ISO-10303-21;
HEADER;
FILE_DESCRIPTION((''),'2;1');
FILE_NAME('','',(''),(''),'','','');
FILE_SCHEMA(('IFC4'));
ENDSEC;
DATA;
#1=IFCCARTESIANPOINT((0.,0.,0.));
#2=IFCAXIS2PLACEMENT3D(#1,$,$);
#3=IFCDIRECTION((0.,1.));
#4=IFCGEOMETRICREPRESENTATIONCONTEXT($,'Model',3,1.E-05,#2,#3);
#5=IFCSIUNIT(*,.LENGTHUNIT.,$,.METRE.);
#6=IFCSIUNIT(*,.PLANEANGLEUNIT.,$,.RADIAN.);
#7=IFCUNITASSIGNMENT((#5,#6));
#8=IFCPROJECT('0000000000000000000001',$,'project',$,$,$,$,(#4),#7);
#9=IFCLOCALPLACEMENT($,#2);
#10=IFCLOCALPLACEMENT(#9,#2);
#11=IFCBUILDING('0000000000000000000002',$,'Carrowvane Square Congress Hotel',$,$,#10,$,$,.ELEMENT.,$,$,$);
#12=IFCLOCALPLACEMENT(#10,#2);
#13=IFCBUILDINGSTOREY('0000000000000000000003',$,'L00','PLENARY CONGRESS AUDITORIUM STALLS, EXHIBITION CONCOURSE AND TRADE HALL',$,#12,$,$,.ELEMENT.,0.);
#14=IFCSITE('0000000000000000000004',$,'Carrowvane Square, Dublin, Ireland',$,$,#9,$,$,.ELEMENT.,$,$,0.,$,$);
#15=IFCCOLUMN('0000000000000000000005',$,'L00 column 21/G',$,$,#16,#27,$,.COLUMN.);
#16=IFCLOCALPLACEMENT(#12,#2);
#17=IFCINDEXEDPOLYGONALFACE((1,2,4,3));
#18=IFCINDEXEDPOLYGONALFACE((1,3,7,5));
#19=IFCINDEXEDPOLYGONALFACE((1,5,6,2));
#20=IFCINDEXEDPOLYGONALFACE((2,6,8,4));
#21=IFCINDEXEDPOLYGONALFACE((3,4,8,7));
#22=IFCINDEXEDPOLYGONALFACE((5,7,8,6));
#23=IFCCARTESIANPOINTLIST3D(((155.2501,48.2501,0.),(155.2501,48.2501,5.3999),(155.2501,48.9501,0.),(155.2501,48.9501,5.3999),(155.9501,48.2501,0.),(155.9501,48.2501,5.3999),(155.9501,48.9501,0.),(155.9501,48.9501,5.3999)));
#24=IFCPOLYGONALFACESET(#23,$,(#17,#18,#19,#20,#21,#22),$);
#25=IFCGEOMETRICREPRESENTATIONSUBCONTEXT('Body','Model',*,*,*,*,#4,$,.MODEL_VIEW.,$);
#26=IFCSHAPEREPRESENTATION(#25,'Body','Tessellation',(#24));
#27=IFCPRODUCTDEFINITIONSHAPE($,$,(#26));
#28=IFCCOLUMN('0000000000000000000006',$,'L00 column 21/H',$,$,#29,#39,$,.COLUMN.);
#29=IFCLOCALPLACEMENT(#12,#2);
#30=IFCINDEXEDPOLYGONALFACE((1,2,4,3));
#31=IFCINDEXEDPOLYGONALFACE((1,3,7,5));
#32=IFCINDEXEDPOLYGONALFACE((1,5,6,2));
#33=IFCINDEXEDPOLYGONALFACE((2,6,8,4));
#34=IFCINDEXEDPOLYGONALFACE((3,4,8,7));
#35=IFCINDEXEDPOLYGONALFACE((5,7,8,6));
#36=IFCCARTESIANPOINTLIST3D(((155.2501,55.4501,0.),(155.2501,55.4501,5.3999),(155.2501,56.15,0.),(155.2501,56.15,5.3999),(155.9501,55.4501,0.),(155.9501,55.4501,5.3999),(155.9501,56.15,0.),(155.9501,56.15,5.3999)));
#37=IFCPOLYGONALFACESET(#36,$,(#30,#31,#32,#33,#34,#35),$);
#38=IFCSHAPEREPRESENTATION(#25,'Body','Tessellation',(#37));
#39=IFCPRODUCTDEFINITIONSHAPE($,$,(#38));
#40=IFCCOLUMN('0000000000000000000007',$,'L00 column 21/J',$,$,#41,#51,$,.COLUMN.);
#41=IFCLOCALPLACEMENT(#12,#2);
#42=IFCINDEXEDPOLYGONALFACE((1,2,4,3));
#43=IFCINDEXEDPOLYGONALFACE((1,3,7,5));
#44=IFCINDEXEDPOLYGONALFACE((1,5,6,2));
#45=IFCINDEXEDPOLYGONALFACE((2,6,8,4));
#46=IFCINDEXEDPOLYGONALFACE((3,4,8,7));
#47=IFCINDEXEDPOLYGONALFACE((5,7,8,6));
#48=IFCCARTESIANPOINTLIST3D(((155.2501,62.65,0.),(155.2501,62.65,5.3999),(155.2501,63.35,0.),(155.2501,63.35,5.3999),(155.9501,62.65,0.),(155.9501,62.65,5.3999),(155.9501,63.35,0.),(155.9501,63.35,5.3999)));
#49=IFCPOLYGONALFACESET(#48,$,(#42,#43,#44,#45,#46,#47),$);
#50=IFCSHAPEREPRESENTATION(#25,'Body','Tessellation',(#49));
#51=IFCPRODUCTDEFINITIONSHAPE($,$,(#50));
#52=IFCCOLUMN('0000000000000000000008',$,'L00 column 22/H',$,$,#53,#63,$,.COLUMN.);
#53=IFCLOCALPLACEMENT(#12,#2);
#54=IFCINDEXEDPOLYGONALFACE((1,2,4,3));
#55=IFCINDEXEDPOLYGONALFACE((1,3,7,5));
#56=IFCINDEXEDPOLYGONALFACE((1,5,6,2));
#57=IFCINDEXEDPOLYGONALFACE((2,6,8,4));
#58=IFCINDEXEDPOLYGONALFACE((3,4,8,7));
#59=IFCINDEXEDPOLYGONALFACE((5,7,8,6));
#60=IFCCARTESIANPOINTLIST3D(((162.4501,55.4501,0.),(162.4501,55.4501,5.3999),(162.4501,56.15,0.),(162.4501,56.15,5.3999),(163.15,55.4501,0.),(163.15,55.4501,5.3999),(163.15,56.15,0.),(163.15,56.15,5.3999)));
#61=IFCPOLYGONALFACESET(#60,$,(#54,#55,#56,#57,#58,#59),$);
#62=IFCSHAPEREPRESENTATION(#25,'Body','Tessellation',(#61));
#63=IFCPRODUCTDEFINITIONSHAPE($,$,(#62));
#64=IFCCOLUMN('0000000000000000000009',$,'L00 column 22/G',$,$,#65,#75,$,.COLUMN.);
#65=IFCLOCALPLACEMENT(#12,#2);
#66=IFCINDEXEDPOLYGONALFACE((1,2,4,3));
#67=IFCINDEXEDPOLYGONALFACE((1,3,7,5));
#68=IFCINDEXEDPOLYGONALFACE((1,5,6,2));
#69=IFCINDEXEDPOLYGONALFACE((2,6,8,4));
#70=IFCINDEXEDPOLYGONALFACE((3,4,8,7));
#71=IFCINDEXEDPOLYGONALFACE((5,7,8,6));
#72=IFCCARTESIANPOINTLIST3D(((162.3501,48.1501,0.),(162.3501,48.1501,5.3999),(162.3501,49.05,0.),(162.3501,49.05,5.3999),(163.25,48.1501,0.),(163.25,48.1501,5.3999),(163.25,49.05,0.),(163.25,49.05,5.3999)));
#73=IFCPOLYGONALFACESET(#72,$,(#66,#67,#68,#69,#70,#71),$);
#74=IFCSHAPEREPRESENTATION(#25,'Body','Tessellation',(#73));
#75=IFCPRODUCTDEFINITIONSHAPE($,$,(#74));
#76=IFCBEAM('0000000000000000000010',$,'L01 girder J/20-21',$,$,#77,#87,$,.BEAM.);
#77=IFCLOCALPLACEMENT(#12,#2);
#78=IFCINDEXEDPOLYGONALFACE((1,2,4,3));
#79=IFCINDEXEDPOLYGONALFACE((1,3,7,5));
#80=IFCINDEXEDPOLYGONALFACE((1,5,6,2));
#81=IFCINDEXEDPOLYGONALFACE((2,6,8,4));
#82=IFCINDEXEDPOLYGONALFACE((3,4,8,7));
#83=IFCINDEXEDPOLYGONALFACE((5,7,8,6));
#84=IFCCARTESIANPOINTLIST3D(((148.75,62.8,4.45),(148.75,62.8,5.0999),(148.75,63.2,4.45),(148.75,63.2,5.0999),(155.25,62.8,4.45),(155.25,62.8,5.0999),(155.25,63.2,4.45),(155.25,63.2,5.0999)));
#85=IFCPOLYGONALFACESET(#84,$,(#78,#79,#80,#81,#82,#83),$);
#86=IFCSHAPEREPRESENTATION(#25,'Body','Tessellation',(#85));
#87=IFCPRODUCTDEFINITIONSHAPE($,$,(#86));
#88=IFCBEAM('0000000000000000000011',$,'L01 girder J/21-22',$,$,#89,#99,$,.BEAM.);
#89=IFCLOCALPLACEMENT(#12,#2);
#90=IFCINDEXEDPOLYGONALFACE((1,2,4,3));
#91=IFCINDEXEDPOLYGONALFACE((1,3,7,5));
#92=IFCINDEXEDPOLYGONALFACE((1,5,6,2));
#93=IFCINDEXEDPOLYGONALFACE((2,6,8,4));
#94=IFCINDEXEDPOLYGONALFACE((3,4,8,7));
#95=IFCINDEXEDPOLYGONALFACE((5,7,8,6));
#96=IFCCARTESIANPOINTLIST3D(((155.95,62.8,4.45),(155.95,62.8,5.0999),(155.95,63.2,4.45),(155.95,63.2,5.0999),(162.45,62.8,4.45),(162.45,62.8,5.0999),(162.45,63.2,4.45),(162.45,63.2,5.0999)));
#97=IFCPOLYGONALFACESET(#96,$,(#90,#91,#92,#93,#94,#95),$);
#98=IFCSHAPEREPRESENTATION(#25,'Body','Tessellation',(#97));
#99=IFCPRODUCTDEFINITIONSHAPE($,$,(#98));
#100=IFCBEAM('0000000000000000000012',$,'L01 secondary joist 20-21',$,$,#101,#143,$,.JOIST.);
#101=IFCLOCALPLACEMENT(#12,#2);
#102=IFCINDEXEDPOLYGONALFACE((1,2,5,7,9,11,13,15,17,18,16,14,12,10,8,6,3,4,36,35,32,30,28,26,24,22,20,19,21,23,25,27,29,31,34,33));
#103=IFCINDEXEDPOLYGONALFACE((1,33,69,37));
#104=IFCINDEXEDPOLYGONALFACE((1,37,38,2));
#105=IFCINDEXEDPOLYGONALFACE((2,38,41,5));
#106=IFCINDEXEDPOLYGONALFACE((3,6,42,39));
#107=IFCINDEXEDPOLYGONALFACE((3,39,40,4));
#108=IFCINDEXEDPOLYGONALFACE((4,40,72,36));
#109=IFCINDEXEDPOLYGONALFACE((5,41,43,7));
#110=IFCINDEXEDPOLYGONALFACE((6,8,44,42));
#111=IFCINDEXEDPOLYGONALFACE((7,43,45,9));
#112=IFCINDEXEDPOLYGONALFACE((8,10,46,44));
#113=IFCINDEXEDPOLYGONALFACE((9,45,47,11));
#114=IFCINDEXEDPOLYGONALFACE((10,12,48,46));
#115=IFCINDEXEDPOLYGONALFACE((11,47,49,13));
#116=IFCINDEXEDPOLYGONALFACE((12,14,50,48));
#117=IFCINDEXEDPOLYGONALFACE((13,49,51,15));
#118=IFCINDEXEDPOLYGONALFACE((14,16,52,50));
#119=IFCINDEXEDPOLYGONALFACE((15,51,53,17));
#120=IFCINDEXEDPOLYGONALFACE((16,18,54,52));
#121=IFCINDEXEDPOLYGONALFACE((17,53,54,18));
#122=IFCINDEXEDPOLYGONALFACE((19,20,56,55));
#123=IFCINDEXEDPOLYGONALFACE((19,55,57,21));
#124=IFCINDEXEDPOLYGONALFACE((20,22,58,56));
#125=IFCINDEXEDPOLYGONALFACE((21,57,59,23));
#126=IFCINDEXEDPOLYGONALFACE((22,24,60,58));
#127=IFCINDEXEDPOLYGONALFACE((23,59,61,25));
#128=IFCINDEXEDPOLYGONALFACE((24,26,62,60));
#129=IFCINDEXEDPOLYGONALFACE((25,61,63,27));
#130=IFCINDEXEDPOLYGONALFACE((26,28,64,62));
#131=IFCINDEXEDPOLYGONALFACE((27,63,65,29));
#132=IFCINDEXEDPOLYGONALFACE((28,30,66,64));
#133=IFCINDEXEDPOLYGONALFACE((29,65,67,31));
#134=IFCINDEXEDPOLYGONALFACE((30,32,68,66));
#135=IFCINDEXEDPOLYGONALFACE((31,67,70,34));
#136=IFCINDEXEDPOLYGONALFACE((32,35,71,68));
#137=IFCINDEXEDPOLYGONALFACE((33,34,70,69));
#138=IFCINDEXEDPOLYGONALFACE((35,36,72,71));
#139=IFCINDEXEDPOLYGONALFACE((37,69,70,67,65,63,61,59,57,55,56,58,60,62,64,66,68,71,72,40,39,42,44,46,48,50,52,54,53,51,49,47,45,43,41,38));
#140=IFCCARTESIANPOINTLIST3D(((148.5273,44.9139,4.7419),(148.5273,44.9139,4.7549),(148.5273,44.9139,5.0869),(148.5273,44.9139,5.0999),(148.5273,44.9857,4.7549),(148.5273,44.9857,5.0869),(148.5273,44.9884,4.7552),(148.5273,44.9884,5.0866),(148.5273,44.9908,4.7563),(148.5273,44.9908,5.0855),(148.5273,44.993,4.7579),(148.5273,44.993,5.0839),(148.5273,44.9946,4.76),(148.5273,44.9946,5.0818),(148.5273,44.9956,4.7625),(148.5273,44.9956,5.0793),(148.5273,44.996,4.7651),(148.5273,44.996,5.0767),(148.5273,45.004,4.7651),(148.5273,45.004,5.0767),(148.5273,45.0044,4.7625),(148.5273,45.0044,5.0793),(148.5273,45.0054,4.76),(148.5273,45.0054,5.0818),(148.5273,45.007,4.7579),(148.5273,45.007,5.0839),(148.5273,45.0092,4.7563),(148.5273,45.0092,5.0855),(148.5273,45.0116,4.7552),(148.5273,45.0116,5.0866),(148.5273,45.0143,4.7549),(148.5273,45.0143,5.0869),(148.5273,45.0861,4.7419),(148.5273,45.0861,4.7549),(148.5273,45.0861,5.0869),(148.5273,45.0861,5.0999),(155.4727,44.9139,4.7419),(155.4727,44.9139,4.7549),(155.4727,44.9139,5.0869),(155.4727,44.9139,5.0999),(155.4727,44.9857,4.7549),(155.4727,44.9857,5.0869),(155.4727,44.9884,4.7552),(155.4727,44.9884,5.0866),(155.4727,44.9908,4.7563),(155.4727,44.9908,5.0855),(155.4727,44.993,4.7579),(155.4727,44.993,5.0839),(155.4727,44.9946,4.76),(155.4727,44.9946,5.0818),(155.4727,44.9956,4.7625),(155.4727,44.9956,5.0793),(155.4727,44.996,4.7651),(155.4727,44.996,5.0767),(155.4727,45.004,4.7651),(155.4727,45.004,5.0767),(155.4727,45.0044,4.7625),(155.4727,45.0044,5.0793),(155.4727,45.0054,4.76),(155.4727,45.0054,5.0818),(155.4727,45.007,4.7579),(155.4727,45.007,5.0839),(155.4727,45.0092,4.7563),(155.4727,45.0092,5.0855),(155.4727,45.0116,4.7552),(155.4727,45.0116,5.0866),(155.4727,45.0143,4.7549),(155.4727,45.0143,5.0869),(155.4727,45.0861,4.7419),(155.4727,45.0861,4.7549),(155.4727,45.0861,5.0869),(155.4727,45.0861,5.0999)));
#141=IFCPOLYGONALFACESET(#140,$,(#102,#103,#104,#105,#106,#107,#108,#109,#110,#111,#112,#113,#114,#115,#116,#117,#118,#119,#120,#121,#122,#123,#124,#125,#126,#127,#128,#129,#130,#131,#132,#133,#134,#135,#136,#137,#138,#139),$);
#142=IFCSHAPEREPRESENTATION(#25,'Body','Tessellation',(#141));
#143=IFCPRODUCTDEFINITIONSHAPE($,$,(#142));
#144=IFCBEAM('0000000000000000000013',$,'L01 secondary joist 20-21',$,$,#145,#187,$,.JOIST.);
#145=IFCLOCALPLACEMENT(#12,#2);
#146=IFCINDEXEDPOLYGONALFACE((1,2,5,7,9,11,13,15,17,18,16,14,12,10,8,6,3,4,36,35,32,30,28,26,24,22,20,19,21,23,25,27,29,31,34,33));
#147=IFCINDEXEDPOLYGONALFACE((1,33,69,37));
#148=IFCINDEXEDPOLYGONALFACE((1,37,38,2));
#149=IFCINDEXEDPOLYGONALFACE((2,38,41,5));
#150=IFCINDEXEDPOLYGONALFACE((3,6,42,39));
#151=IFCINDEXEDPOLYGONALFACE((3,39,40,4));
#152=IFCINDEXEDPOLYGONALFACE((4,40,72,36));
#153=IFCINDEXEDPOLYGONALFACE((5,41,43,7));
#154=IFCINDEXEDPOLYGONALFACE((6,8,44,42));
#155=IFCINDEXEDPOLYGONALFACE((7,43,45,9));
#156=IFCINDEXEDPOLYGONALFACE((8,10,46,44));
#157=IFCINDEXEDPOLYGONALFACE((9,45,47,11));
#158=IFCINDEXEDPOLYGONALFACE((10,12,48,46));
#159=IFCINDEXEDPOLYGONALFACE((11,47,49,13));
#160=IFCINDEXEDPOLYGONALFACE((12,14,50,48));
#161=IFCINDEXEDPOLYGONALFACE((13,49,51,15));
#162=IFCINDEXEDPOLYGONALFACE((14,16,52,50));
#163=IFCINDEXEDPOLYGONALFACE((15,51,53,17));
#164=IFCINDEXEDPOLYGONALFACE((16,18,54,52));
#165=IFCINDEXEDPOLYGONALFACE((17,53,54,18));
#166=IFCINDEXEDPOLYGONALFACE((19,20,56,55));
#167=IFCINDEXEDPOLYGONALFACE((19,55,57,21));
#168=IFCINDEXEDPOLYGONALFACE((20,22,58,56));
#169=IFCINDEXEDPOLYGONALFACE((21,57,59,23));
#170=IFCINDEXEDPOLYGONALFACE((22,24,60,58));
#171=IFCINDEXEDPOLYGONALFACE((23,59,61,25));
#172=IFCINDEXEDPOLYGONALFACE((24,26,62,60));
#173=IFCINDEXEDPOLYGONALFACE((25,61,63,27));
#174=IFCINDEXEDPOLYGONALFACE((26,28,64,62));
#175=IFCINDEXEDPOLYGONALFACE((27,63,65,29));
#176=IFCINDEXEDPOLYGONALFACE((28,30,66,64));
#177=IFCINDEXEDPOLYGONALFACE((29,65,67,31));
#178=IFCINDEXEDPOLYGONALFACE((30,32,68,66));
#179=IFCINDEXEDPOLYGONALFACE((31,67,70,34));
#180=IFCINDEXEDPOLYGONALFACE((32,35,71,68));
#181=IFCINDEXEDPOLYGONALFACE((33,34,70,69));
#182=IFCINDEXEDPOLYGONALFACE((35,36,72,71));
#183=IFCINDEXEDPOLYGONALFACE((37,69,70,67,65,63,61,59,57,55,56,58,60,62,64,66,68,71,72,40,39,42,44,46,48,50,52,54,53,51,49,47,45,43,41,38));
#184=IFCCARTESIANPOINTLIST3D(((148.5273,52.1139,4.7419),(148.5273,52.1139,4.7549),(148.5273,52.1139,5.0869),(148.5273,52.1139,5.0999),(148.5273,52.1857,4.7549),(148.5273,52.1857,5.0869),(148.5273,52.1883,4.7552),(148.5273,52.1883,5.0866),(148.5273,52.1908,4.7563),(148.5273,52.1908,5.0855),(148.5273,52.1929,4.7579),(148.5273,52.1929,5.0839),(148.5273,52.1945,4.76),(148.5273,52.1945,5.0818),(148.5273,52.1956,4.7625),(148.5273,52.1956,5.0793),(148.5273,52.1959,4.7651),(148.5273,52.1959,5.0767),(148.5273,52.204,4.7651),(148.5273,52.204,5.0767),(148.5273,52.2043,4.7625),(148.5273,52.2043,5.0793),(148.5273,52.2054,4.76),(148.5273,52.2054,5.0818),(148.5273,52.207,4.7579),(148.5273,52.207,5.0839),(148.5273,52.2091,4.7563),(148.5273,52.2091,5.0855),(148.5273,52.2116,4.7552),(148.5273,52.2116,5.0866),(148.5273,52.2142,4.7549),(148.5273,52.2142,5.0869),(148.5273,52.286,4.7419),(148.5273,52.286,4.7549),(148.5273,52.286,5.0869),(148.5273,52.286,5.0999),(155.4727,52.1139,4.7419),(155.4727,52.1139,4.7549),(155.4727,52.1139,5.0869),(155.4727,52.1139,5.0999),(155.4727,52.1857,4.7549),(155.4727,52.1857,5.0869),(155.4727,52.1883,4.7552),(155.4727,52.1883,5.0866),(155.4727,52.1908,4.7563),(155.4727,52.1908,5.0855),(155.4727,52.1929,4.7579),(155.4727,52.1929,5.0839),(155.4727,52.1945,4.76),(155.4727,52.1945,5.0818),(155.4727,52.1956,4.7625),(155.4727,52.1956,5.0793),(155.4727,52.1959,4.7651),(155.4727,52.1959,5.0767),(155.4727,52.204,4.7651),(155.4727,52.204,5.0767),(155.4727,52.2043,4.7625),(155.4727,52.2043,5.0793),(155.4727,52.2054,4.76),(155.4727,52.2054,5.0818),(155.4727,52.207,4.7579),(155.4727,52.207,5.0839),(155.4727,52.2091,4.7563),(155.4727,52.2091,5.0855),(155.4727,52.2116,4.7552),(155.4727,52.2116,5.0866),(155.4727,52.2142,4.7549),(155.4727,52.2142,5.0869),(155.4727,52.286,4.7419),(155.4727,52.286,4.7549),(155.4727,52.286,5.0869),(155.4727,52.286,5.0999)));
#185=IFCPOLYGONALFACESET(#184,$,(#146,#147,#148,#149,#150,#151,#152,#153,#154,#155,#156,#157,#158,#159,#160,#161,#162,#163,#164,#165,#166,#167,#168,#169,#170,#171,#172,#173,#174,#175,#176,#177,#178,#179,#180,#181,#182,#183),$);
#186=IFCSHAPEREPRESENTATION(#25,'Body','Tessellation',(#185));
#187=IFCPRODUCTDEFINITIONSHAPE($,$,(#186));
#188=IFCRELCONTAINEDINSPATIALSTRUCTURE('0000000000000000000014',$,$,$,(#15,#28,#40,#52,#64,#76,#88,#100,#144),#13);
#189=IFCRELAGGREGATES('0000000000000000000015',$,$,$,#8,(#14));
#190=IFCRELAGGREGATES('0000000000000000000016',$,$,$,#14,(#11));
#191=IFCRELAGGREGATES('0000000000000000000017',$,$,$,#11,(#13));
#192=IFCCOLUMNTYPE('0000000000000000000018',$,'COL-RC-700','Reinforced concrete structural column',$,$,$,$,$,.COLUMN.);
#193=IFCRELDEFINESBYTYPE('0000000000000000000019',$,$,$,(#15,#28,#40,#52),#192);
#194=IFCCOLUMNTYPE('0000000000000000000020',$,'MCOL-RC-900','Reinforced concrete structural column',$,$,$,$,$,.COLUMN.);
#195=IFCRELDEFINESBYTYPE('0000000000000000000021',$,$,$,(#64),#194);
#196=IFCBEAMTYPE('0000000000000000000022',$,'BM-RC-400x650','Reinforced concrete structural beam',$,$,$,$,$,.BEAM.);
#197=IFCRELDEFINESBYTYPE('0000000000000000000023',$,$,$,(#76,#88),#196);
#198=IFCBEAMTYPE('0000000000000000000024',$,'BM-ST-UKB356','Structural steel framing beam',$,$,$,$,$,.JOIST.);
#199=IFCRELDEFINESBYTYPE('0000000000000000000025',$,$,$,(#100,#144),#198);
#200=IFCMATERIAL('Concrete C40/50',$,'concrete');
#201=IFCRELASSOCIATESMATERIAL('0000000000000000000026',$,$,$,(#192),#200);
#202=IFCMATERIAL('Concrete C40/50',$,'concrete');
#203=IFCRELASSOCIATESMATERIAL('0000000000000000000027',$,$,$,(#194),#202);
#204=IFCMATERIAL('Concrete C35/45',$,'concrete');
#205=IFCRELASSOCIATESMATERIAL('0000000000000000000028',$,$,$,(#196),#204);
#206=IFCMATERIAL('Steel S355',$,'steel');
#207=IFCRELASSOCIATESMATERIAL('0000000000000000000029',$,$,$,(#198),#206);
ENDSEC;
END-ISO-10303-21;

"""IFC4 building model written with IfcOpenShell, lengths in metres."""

from ifc_helpers import new_model, si_unit, direction, frame, origin, origin_2d, place, context, subcontext, project, spatial, rectangle, i_section, extrude, material, material_profile, profile_set, type_object, element, save


model = new_model("IFC4")

# Units and contexts
model_context = context("Model", 3, precision=1e-05, world=origin(), true_north=direction((0.0, 1.0)))
body_context = subcontext(model_context, "Body", "Model", "MODEL_VIEW")
ifc_project = project(units=[si_unit("LENGTHUNIT", "METRE"), si_unit("PLANEANGLEUNIT", "RADIAN")], contexts=[model_context])

# Site, building, storey
site_placement = place(None, origin())
site = spatial("IfcSite", under=ifc_project, at=site_placement, Name="Carrowvane Square, Dublin, Ireland", CompositionType="ELEMENT", RefElevation=0.0)
building_placement = place(site_placement, origin())
building = spatial("IfcBuilding", under=site, at=building_placement, Name="Carrowvane Square Congress Hotel", CompositionType="ELEMENT")
storey_placement = place(building_placement, origin())
storey = spatial("IfcBuildingStorey", under=building, at=storey_placement, Name="L00", Description="PLENARY CONGRESS AUDITORIUM STALLS, EXHIBITION CONCOURSE AND TRADE HALL", CompositionType="ELEMENT", Elevation=0.0)

# Columns
ifc_material_1 = material(Name="Concrete C40/50", Category="concrete")
ifc_material_profile_1 = material_profile(ifc_material_1, rectangle(XDim=0.7, YDim=0.7, at=origin_2d()), Name="RC 700x700")
ifc_profile_set_1 = profile_set([ifc_material_profile_1], Name="Concrete C40/50")
column_type_1 = type_object("IfcColumnType", Name="COL-RC-700", Description="Reinforced concrete structural column", PredefinedType="COLUMN", material=ifc_profile_set_1)
for number, where, z_axis, x_axis, name in (
    (1, (155.6001, 48.6001, 0.0), (0.0, 0.0, 1.0), (1.0, 0.0, 0.0), "L00 column 21/G"),
    (2, (155.6001, 55.8, 0.0), (0.0, 0.0, 1.0), (1.0, 0.0, 0.0), "L00 column 21/H"),
    (3, (155.6001, 63.0, 0.0), (0.0, 0.0, 1.0), (1.0, 0.0, 0.0), "L00 column 21/J"),
    (4, (162.8, 55.8, 0.0), (0.0, 0.0, 1.0), (1.0, 0.0, 0.0), "L00 column 22/H"),
):
    element("IfcColumn", number, at=place(storey_placement, frame(where, z_axis=z_axis, x_axis=x_axis)), inside=storey, type_object=column_type_1, Name=name, PredefinedType="COLUMN", context=body_context, shape_type="SweptSolid", body=[
        extrude(rectangle(XDim=0.7, YDim=0.7, at=origin_2d()), origin(), (0.0, 0.0, 1.0), 5.3999),
    ])
ifc_material_2 = material(Name="Concrete C40/50", Category="concrete")
ifc_material_profile_2 = material_profile(ifc_material_2, rectangle(XDim=0.8999, YDim=0.8999, at=origin_2d()), Name="RC 900x900")
ifc_profile_set_2 = profile_set([ifc_material_profile_2], Name="Concrete C40/50")
column_type_2 = type_object("IfcColumnType", Name="MCOL-RC-900", Description="Reinforced concrete structural column", PredefinedType="COLUMN", material=ifc_profile_set_2)
column_placement = place(storey_placement, frame((162.8, 48.6001, 0.0), z_axis=(0.0, 0.0, 1.0), x_axis=(1.0, 0.0, 0.0)))
element("IfcColumn", 5, at=column_placement, inside=storey, type_object=column_type_2, Name="L00 column 22/G", PredefinedType="COLUMN", context=body_context, shape_type="SweptSolid", body=[
    extrude(rectangle(XDim=0.8999, YDim=0.8999, at=origin_2d()), origin(), (0.0, 0.0, 1.0), 5.3999),
])

# Beams
ifc_material_3 = material(Name="Concrete C35/45", Category="concrete")
ifc_material_profile_3 = material_profile(ifc_material_3, rectangle(XDim=0.3999, YDim=0.6499, at=origin_2d()), Name="RC 400x650")
ifc_profile_set_3 = profile_set([ifc_material_profile_3], Name="Concrete C35/45")
beam_type_1 = type_object("IfcBeamType", Name="BM-RC-400x650", Description="Reinforced concrete structural beam", PredefinedType="BEAM", material=ifc_profile_set_3)
for number, where, z_axis, x_axis, name in (
    (6, (148.75, 63.0, 4.7749), (1.0, 0.0, 0.0), (0.0, 1.0, 0.0), "L01 girder J/20-21"),
    (7, (155.95, 63.0, 4.7749), (1.0, 0.0, 0.0), (0.0, 1.0, 0.0), "L01 girder J/21-22"),
):
    element("IfcBeam", number, at=place(storey_placement, frame(where, z_axis=z_axis, x_axis=x_axis)), inside=storey, type_object=beam_type_1, Name=name, PredefinedType="BEAM", context=body_context, shape_type="SweptSolid", body=[
        extrude(rectangle(XDim=0.3999, YDim=0.6499, at=origin_2d()), origin(), (0.0, 0.0, 1.0), 6.5),
    ])
ifc_material_4 = material(Name="Steel S355", Category="steel")
ifc_material_profile_4 = material_profile(ifc_material_4, i_section(OverallWidth=0.1721, OverallDepth=0.3579, WebThickness=0.0081, FlangeThickness=0.0129, FilletRadius=0.0103, at=origin_2d()), Name="UKB 356x171x57")
ifc_profile_set_4 = profile_set([ifc_material_profile_4], Name="Steel S355")
beam_type_2 = type_object("IfcBeamType", Name="BM-ST-UKB356", Description="Structural steel framing beam", PredefinedType="JOIST", material=ifc_profile_set_4)
for number, where, z_axis, x_axis, name in (
    (8, (148.5273, 45.0, 4.9209), (1.0, 0.0, 0.0), (0.0, 1.0, 0.0), "L01 secondary joist 20-21"),
    (9, (148.5273, 52.2, 4.9209), (1.0, 0.0, 0.0), (0.0, 1.0, 0.0), "L01 secondary joist 20-21"),
):
    element("IfcBeam", number, at=place(storey_placement, frame(where, z_axis=z_axis, x_axis=x_axis)), inside=storey, type_object=beam_type_2, Name=name, PredefinedType="JOIST", context=body_context, shape_type="SweptSolid", body=[
        extrude(i_section(OverallWidth=0.1721, OverallDepth=0.3579, WebThickness=0.0081, FlangeThickness=0.0129, FilletRadius=0.0103, at=origin_2d()), origin(), (0.0, 0.0, 1.0), 6.9453),
    ])

save(model, "model.ifc")
